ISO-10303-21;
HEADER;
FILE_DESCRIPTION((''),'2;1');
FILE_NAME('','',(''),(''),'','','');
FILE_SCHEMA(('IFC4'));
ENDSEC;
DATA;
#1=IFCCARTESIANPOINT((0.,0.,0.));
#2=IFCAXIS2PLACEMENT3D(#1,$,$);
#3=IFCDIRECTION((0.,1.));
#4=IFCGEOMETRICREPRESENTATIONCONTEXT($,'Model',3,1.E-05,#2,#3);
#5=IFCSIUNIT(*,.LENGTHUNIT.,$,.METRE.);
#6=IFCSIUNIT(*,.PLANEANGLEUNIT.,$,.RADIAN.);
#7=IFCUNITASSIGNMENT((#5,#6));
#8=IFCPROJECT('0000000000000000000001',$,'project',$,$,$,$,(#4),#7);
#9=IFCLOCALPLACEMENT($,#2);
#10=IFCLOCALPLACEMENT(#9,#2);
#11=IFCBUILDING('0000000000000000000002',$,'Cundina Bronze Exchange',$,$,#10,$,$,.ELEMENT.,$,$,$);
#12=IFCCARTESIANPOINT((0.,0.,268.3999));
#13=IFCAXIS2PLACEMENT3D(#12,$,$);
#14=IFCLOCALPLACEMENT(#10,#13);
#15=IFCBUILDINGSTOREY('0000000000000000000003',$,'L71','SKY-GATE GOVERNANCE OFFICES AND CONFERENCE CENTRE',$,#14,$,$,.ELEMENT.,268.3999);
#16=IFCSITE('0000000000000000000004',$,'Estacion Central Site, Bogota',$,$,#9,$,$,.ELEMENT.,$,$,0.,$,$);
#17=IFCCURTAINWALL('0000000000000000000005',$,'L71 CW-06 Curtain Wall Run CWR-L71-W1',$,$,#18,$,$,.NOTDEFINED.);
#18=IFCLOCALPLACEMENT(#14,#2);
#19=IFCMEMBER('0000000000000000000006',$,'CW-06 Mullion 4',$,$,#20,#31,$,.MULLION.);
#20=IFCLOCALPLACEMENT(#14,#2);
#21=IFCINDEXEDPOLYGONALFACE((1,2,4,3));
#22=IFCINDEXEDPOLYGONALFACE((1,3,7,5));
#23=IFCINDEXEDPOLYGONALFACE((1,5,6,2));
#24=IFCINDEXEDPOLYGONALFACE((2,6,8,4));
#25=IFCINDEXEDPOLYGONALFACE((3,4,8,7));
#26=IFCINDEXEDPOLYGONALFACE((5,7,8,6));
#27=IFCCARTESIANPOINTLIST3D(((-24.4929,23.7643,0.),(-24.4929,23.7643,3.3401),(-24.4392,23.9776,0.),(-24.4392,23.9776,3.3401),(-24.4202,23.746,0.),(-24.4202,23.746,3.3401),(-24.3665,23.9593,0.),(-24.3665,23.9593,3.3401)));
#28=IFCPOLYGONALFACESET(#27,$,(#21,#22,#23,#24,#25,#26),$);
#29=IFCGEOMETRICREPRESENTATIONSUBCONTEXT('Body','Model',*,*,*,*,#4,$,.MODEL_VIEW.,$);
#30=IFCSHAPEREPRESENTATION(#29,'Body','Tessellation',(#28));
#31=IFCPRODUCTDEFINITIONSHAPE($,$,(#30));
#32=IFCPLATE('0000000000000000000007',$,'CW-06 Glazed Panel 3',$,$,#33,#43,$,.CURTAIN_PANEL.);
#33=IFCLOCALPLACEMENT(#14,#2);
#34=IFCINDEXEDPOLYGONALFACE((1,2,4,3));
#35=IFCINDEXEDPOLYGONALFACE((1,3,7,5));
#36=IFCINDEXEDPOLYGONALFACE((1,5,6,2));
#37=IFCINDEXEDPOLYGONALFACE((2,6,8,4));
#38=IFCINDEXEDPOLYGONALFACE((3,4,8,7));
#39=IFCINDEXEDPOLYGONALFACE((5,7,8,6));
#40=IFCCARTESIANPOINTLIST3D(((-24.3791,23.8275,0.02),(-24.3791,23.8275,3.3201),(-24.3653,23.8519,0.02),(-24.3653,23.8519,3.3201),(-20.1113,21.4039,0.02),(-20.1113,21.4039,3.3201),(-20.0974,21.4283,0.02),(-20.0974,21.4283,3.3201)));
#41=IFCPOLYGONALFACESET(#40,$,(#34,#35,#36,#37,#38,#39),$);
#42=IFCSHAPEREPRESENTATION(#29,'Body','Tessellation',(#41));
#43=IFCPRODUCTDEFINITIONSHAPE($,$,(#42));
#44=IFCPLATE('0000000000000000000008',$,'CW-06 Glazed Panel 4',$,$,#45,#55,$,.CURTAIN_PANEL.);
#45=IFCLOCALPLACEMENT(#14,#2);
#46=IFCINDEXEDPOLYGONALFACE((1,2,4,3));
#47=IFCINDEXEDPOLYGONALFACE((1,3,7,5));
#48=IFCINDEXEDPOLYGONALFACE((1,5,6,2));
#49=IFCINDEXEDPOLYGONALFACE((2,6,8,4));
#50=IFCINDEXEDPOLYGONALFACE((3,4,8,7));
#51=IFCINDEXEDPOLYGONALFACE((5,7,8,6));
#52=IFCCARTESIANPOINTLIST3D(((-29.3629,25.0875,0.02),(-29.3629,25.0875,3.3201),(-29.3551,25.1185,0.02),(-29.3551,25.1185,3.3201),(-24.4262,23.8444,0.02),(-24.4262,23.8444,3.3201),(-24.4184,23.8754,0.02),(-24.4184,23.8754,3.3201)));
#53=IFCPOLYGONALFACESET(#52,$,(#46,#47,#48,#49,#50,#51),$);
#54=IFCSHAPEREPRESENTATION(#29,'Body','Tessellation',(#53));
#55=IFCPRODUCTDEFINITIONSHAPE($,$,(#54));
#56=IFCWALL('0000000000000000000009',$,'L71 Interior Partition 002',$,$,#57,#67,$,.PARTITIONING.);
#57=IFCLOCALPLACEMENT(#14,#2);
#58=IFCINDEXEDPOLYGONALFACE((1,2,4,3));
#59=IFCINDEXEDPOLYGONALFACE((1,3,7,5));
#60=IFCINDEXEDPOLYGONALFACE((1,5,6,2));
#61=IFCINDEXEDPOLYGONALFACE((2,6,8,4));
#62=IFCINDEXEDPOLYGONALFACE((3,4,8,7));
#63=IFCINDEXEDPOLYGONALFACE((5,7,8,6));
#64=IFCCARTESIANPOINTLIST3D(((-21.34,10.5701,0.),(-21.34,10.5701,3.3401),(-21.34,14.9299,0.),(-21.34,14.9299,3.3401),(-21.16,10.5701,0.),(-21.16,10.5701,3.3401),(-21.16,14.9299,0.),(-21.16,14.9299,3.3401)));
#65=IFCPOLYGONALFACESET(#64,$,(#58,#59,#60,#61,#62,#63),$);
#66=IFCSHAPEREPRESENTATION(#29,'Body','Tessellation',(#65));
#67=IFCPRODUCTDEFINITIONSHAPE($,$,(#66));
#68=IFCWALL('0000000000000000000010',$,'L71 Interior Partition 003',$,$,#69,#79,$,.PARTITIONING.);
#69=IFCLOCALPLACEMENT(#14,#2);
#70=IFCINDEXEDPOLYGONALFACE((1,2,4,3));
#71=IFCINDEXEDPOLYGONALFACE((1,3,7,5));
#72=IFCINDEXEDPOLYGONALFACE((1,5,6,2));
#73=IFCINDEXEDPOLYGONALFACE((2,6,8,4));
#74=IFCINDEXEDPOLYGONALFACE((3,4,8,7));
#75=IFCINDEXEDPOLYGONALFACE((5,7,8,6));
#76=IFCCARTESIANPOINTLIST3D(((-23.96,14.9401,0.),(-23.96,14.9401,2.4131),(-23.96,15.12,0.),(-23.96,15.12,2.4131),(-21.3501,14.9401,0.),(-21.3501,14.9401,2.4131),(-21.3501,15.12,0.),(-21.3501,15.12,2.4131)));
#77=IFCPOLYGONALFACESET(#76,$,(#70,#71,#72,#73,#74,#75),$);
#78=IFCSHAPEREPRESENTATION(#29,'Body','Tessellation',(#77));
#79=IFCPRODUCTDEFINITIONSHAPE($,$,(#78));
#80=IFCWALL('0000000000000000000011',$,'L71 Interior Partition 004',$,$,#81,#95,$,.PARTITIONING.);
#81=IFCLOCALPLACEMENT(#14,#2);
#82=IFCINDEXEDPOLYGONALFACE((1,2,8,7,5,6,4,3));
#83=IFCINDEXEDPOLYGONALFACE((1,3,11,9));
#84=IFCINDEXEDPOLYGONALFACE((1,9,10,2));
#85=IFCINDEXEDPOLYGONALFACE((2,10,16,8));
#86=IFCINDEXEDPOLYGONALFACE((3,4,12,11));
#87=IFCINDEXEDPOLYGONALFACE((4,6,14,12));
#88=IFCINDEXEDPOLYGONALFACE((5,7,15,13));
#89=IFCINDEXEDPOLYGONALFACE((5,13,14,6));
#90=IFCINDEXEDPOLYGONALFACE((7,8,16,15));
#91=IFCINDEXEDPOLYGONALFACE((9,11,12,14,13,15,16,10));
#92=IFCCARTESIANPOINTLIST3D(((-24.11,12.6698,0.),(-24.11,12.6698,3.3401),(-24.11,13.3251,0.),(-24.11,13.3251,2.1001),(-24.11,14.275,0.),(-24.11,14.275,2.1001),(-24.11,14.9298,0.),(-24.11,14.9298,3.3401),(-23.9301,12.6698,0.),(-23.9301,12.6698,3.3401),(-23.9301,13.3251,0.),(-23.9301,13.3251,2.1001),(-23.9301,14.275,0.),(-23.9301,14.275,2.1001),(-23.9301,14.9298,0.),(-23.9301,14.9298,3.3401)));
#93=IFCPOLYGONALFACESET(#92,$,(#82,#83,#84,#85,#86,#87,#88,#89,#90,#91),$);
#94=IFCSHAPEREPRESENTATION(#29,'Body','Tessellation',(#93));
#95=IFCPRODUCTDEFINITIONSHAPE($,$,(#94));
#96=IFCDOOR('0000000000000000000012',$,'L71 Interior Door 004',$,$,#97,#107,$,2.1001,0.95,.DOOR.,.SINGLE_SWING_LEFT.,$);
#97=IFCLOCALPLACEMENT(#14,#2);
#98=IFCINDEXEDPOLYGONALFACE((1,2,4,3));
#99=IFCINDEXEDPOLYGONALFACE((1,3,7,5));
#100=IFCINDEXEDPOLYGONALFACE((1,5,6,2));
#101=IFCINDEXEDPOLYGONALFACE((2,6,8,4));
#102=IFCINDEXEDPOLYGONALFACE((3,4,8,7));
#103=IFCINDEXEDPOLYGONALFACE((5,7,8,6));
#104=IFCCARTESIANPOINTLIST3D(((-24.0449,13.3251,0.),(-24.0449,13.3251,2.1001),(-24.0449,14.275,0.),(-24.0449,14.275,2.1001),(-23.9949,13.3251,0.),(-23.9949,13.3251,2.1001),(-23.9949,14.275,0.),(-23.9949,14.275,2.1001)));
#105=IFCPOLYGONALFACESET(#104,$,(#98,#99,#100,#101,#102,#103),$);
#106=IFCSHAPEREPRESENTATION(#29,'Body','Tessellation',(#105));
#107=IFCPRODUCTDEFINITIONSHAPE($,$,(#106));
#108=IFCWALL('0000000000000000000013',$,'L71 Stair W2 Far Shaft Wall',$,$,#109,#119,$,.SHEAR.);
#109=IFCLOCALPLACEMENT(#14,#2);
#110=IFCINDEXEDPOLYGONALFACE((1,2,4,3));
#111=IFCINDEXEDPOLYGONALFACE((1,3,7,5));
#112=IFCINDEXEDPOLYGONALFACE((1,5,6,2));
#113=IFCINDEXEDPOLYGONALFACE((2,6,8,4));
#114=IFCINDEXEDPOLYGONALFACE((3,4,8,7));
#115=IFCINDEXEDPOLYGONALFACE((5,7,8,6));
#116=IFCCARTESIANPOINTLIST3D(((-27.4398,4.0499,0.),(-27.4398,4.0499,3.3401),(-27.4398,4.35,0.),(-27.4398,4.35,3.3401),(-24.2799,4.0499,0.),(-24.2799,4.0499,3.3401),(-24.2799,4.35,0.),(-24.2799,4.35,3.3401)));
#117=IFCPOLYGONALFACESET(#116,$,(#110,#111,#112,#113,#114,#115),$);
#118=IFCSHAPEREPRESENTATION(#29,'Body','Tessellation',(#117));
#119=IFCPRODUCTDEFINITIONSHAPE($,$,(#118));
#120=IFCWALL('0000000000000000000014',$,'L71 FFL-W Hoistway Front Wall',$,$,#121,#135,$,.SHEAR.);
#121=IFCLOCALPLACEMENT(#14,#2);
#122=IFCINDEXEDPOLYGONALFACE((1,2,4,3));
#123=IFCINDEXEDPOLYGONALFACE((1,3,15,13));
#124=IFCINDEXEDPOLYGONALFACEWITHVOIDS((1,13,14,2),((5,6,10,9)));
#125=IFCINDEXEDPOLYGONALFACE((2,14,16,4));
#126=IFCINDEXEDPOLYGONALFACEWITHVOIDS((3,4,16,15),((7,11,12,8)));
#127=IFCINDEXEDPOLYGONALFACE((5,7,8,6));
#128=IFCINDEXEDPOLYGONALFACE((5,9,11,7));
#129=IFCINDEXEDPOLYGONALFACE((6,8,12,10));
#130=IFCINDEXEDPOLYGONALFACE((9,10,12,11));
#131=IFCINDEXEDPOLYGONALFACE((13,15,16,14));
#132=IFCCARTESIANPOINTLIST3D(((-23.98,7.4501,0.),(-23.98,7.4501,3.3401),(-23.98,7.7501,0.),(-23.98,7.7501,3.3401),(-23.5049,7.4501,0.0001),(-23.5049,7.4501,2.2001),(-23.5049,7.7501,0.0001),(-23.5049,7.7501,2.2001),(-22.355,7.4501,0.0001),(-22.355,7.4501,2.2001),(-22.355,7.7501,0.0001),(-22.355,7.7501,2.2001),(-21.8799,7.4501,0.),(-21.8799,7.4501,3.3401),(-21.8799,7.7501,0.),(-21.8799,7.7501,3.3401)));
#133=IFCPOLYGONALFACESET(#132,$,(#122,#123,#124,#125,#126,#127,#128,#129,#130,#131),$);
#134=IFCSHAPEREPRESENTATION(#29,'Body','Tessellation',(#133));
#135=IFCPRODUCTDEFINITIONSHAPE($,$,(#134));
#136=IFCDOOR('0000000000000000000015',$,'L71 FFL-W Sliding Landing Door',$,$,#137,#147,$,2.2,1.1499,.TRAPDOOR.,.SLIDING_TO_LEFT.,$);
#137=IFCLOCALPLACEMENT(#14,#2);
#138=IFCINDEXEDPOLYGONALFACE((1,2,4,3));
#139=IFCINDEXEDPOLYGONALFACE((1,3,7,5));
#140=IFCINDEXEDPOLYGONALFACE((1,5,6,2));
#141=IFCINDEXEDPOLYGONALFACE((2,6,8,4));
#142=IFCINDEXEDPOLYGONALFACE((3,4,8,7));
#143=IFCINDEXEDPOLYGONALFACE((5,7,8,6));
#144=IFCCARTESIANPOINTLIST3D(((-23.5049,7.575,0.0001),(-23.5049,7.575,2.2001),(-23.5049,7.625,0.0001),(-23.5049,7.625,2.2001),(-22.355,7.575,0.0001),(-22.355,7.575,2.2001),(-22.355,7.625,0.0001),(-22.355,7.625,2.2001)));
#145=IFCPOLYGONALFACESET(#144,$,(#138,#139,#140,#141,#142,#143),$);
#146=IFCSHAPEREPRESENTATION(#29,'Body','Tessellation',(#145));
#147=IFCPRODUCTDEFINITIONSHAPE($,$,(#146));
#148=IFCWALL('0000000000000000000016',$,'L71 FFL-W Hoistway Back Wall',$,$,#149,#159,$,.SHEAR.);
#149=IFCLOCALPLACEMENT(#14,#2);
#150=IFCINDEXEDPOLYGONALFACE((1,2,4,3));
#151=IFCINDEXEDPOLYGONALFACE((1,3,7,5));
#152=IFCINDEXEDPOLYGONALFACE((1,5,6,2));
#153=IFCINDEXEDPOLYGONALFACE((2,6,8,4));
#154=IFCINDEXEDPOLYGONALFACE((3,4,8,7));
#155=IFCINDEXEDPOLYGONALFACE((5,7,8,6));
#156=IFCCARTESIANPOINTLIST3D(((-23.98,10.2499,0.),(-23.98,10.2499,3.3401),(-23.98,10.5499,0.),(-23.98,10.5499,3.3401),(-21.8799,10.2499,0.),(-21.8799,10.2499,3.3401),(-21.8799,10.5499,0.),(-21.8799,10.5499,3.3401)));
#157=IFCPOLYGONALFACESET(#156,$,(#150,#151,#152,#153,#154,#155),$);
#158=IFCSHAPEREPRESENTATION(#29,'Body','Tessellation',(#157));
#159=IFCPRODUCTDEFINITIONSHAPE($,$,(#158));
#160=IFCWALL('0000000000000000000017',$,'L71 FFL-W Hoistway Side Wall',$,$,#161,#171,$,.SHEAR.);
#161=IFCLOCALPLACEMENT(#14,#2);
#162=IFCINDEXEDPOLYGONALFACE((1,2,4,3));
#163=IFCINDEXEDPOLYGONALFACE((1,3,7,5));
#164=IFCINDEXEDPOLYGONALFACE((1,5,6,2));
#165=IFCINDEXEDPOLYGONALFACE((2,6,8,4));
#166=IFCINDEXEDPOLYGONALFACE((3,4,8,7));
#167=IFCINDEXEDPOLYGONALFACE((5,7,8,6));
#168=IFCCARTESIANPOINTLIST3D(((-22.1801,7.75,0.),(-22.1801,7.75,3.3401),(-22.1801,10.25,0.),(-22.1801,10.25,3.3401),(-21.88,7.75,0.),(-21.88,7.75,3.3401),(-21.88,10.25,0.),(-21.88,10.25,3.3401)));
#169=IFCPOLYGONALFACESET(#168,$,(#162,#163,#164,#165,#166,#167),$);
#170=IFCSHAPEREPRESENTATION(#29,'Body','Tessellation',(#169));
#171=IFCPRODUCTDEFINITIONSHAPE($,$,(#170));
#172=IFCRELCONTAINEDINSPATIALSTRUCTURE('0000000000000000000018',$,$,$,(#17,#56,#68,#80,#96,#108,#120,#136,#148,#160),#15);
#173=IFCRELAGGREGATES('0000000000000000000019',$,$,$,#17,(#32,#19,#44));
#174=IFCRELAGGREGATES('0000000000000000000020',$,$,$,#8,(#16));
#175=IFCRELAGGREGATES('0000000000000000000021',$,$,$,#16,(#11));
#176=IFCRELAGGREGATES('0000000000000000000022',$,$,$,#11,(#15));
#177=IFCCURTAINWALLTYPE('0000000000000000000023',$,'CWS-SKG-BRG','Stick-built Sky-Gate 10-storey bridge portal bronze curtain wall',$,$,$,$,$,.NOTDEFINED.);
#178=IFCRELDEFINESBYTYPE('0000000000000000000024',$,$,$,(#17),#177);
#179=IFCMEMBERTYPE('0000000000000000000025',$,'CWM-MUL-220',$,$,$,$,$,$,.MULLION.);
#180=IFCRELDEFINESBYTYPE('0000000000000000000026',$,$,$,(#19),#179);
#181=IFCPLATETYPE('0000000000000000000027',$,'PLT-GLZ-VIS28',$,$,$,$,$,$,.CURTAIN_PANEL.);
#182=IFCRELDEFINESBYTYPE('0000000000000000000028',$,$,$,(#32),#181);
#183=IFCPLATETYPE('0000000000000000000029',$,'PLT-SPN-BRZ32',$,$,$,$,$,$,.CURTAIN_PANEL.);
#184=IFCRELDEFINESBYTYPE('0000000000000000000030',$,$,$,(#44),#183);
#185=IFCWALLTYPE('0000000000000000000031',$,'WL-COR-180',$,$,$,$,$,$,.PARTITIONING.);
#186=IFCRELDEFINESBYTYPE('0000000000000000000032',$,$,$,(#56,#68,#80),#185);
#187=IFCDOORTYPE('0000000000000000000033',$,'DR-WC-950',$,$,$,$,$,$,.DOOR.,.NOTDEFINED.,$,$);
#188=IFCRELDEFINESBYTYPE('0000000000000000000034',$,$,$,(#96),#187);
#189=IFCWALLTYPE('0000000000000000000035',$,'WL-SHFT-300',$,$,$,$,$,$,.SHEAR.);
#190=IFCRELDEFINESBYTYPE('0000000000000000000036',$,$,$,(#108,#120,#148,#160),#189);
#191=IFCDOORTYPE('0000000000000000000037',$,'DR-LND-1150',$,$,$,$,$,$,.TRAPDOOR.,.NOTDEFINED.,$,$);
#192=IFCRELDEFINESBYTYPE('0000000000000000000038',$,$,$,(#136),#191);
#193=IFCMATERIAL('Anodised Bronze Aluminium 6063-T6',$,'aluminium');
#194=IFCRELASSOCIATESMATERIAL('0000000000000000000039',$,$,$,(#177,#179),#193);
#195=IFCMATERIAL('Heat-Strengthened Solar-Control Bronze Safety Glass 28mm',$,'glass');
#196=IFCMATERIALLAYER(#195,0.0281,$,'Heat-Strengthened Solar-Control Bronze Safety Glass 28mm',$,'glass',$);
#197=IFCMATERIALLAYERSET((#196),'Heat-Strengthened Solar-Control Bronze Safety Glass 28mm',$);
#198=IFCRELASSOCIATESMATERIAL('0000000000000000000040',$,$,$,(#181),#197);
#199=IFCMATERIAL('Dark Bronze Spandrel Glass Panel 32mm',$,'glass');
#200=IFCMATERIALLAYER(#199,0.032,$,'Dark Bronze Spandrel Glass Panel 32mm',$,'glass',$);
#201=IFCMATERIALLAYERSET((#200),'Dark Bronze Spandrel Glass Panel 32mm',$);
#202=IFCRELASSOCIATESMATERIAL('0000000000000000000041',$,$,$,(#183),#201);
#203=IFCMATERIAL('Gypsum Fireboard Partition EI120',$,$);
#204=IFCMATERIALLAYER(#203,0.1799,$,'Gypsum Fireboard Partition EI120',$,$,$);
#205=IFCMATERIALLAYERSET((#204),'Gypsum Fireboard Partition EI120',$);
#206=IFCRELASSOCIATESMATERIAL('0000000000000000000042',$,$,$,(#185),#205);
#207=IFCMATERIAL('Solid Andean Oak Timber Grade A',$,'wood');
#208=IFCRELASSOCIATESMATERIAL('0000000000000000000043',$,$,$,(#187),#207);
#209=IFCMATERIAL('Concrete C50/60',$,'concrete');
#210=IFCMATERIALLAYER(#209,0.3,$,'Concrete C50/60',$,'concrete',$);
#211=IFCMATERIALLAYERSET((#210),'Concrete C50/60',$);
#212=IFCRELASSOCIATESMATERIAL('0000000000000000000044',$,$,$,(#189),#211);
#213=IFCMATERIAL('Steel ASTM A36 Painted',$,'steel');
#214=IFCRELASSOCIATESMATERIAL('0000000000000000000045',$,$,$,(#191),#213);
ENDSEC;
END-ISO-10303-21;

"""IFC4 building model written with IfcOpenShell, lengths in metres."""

from ifc_helpers import new_model, si_unit, direction, frame, frame_2d, origin, origin_2d, place, context, subcontext, project, spatial, rectangle, extrude, material, layer, layer_set, material_profile, profile_set, type_object, element, fill, aggregate, save


model = new_model("IFC4")

# Units and contexts
model_context = context("Model", 3, precision=1e-05, world=origin(), true_north=direction((0.0, 1.0)))
body_context = subcontext(model_context, "Body", "Model", "MODEL_VIEW")
ifc_project = project(units=[si_unit("LENGTHUNIT", "METRE"), si_unit("PLANEANGLEUNIT", "RADIAN")], contexts=[model_context])

# Site, building, storey
site_placement = place(None, origin())
site = spatial("IfcSite", under=ifc_project, at=site_placement, Name="Estacion Central Site, Bogota", CompositionType="ELEMENT", RefElevation=0.0)
building_placement = place(site_placement, origin())
building = spatial("IfcBuilding", under=site, at=building_placement, Name="Cundina Bronze Exchange", CompositionType="ELEMENT")
storey_placement = place(building_placement, frame((0.0, 0.0, 268.3999)))
storey = spatial("IfcBuildingStorey", under=building, at=storey_placement, Name="L71", Description="SKY-GATE GOVERNANCE OFFICES AND CONFERENCE CENTRE", CompositionType="ELEMENT", Elevation=268.3999)

# Shared definitions
ifc_material_1 = material(Name="Concrete C50/60", Category="concrete")

# Curtain wall, member, plates
ifc_material_2 = material(Name="Anodised Bronze Aluminium 6063-T6", Category="aluminium")
curtain_wall_type = type_object("IfcCurtainWallType", Name="CWS-SKG-BRG", Description="Stick-built Sky-Gate 10-storey bridge portal bronze curtain wall", PredefinedType="NOTDEFINED", material=ifc_material_2)
curtain_wall_placement = place(storey_placement, origin())
curtain_wall = element("IfcCurtainWall", 1, at=curtain_wall_placement, inside=storey, type_object=curtain_wall_type, Name="L71 CW-06 Curtain Wall Run CWR-L71-W1", PredefinedType="NOTDEFINED")
ifc_material_profile_1 = material_profile(ifc_material_2, rectangle(XDim=0.075, YDim=0.22, at=origin_2d()), Name="AL75X220", Category="aluminium")
ifc_profile_set_1 = profile_set([ifc_material_profile_1], Name="Anodised Bronze Aluminium 6063-T6")
member_type = type_object("IfcMemberType", Name="CWM-MUL-220", PredefinedType="MULLION", material=ifc_profile_set_1)
member_placement = place(storey_placement, frame((-24.4297, 23.8618, 0.0), z_axis=(0.0, 0.0, 1.0), x_axis=(-0.969744, 0.244123, 0.0)))
member = element("IfcMember", 2, at=member_placement, type_object=member_type, Name="CW-06 Mullion 4", PredefinedType="MULLION", context=body_context, shape_type="SweptSolid", body=[
    extrude(rectangle(XDim=0.075, YDim=0.22, at=origin_2d()), origin(), (0.0, 0.0, 1.0), 3.3401),
])
ifc_material_3 = material(Name="Heat-Strengthened Solar-Control Bronze Safety Glass 28mm", Category="glass")
ifc_layer_1 = layer(ifc_material_3, 0.0281, Name="Heat-Strengthened Solar-Control Bronze Safety Glass 28mm", Category="glass")
ifc_layer_set_1 = layer_set([ifc_layer_1], Name="Heat-Strengthened Solar-Control Bronze Safety Glass 28mm")
plate_type_1 = type_object("IfcPlateType", Name="PLT-GLZ-VIS28", PredefinedType="CURTAIN_PANEL", material=ifc_layer_set_1)
plate_1_placement = place(storey_placement, frame((-22.2383, 22.6279, 0.02), z_axis=(0.0, 0.0, 1.0), x_axis=(-0.869573, 0.493805, 0.0)))
plate_1 = element("IfcPlate", 3, at=plate_1_placement, type_object=plate_type_1, Name="CW-06 Glazed Panel 3", PredefinedType="CURTAIN_PANEL", context=body_context, shape_type="SweptSolid", body=[
    extrude(rectangle(XDim=4.908, YDim=0.0281, at=origin_2d()), origin(), (0.0, 0.0, 1.0), 3.3),
])
ifc_material_4 = material(Name="Dark Bronze Spandrel Glass Panel 32mm", Category="glass")
ifc_layer_2 = layer(ifc_material_4, 0.032, Name="Dark Bronze Spandrel Glass Panel 32mm", Category="glass")
ifc_layer_set_2 = layer_set([ifc_layer_2], Name="Dark Bronze Spandrel Glass Panel 32mm")
plate_type_2 = type_object("IfcPlateType", Name="PLT-SPN-BRZ32", PredefinedType="CURTAIN_PANEL", material=ifc_layer_set_2)
plate_2_placement = place(storey_placement, frame((-26.8906, 24.4814, 0.02), z_axis=(0.0, 0.0, 1.0), x_axis=(-0.969732, 0.244174, 0.0)))
plate_2 = element("IfcPlate", 4, at=plate_2_placement, type_object=plate_type_2, Name="CW-06 Glazed Panel 4", PredefinedType="CURTAIN_PANEL", context=body_context, shape_type="SweptSolid", body=[
    extrude(rectangle(XDim=5.0908, YDim=0.032, at=origin_2d()), origin(), (0.0, 0.0, 1.0), 3.3),
])
aggregate(curtain_wall, [plate_1, member, plate_2])

# Walls
ifc_material_5 = material(Name="Gypsum Fireboard Partition EI120")
ifc_layer_3 = layer(ifc_material_5, 0.1799, Name="Gypsum Fireboard Partition EI120")
ifc_layer_set_3 = layer_set([ifc_layer_3], Name="Gypsum Fireboard Partition EI120")
wall_type_1 = type_object("IfcWallType", Name="WL-COR-180", PredefinedType="PARTITIONING", material=ifc_layer_set_3)
wall_1_placement = place(storey_placement, frame((-21.25, 10.5701, 0.0), z_axis=(0.0, 0.0, 1.0), x_axis=(0.0, 1.0, 0.0)))
element("IfcWall", 5, at=wall_1_placement, inside=storey, type_object=wall_type_1, Name="L71 Interior Partition 002", PredefinedType="PARTITIONING", context=body_context, shape_type="SweptSolid", body=[
    extrude(rectangle(XDim=4.3599, YDim=0.1799, at=frame_2d((2.1799, 0.0))), origin(), (0.0, 0.0, 1.0), 3.3401),
])
wall_2_placement = place(storey_placement, frame((-23.96, 15.03, 0.0), z_axis=(0.0, 0.0, 1.0), x_axis=(1.0, 0.0, 0.0)))
element("IfcWall", 6, at=wall_2_placement, inside=storey, type_object=wall_type_1, Name="L71 Interior Partition 003", PredefinedType="PARTITIONING", context=body_context, shape_type="SweptSolid", body=[
    extrude(rectangle(XDim=2.6099, YDim=0.1799, at=frame_2d((1.3049, 0.0))), origin(), (0.0, 0.0, 1.0), 2.4131),
])

# Wall, opening, door
wall_3_placement = place(storey_placement, frame((-24.02, 12.6699, 0.0), z_axis=(0.0, 0.0, 1.0), x_axis=(0.0, 1.0, 0.0)))
wall_3 = element("IfcWall", 7, at=wall_3_placement, inside=storey, type_object=wall_type_1, Name="L71 Interior Partition 004", PredefinedType="PARTITIONING", context=body_context, shape_type="SweptSolid", body=[
    extrude(rectangle(XDim=2.26, YDim=0.1799, at=frame_2d((1.1299, 0.0))), origin(), (0.0, 0.0, 1.0), 3.3401),
])
opening_1_placement = place(wall_3_placement, frame((0.655, 0.0, 0.0)))
opening_1 = element("IfcOpeningElement", 8, at=opening_1_placement, cuts=wall_3, PredefinedType="OPENING", context=body_context, shape_type="SweptSolid", body=[
    extrude(rectangle(XDim=0.95, YDim=2.1001, at=frame_2d((0.4751, 1.05))), frame((0.0, 0.0999, 0.0), z_axis=(0.0, -1.0, 0.0), x_axis=(1.0, 0.0, 0.0)), (0.0, 0.0, 1.0), 0.2),
])
ifc_material_6 = material(Name="Solid Andean Oak Timber Grade A", Category="wood")
door_type_1 = type_object("IfcDoorType", Name="DR-WC-950", OperationType="NOTDEFINED", PredefinedType="DOOR", material=ifc_material_6)
door_1_placement = place(opening_1_placement, origin())
door_1 = element("IfcDoor", 9, at=door_1_placement, inside=storey, type_object=door_type_1, Name="L71 Interior Door 004", OperationType="SINGLE_SWING_LEFT", OverallHeight=2.1001, OverallWidth=0.95, PredefinedType="DOOR", context=body_context, shape_type="SweptSolid", body=[
    extrude(rectangle(XDim=0.95, YDim=2.1001, at=frame_2d((0.4751, 1.05))), frame((0.0, 0.0249, 0.0), z_axis=(0.0, -1.0, 0.0), x_axis=(1.0, 0.0, 0.0)), (0.0, 0.0, 1.0), 0.05),
])
fill(opening_1, door_1)
ifc_layer_4 = layer(ifc_material_1, 0.3, Name="Concrete C50/60", Category="concrete")
ifc_layer_set_4 = layer_set([ifc_layer_4], Name="Concrete C50/60")
wall_type_2 = type_object("IfcWallType", Name="WL-SHFT-300", PredefinedType="SHEAR", material=ifc_layer_set_4)
ifc_material_7 = material(Name="Steel ASTM A36 Painted", Category="steel")

# Wall
wall_4_placement = place(storey_placement, frame((-27.4399, 4.2, 0.0), z_axis=(0.0, 0.0, 1.0), x_axis=(1.0, 0.0, 0.0)))
element("IfcWall", 10, at=wall_4_placement, inside=storey, type_object=wall_type_2, Name="L71 Stair W2 Far Shaft Wall", PredefinedType="SHEAR", context=body_context, shape_type="SweptSolid", body=[
    extrude(rectangle(XDim=3.1599, YDim=0.3, at=frame_2d((1.5801, 0.0))), origin(), (0.0, 0.0, 1.0), 3.3401),
])

# Wall, opening, door
wall_5_placement = place(storey_placement, frame((-23.98, 7.6001, 0.0), z_axis=(0.0, 0.0, 1.0), x_axis=(1.0, 0.0, 0.0)))
wall_5 = element("IfcWall", 11, at=wall_5_placement, inside=storey, type_object=wall_type_2, Name="L71 FFL-W Hoistway Front Wall", PredefinedType="SHEAR", context=body_context, shape_type="SweptSolid", body=[
    extrude(rectangle(XDim=2.1001, YDim=0.3, at=frame_2d((1.05, 0.0))), origin(), (0.0, 0.0, 1.0), 3.3401),
])
opening_2_placement = place(wall_5_placement, frame((0.4751, 0.0, 0.0)))
opening_2 = element("IfcOpeningElement", 12, at=opening_2_placement, cuts=wall_5, PredefinedType="OPENING", context=body_context, shape_type="SweptSolid", body=[
    extrude(rectangle(XDim=1.1499, YDim=2.2, at=frame_2d((0.575, 1.1001))), frame((0.0, 0.1599, 0.0), z_axis=(0.0, -1.0, 0.0), x_axis=(1.0, 0.0, 0.0)), (0.0, 0.0, 1.0), 0.3201),
])
door_type_2 = type_object("IfcDoorType", Name="DR-LND-1150", OperationType="NOTDEFINED", PredefinedType="TRAPDOOR", material=ifc_material_7)
door_2_placement = place(opening_2_placement, origin())
door_2 = element("IfcDoor", 13, at=door_2_placement, inside=storey, type_object=door_type_2, Name="L71 FFL-W Sliding Landing Door", OperationType="SLIDING_TO_LEFT", OverallHeight=2.2, OverallWidth=1.1499, PredefinedType="TRAPDOOR", context=body_context, shape_type="SweptSolid", body=[
    extrude(rectangle(XDim=1.1499, YDim=2.2, at=frame_2d((0.575, 1.1001))), frame((0.0, 0.0249, 0.0), z_axis=(0.0, -1.0, 0.0), x_axis=(1.0, 0.0, 0.0)), (0.0, 0.0, 1.0), 0.05),
])
fill(opening_2, door_2)

# Walls
wall_6_placement = place(storey_placement, frame((-23.98, 10.3999, 0.0), z_axis=(0.0, 0.0, 1.0), x_axis=(1.0, 0.0, 0.0)))
element("IfcWall", 14, at=wall_6_placement, inside=storey, type_object=wall_type_2, Name="L71 FFL-W Hoistway Back Wall", PredefinedType="SHEAR", context=body_context, shape_type="SweptSolid", body=[
    extrude(rectangle(XDim=2.1001, YDim=0.3, at=frame_2d((1.05, 0.0))), origin(), (0.0, 0.0, 1.0), 3.3401),
])
wall_7_placement = place(storey_placement, frame((-22.03, 7.75, 0.0), z_axis=(0.0, 0.0, 1.0), x_axis=(0.0, 1.0, 0.0)))
element("IfcWall", 15, at=wall_7_placement, inside=storey, type_object=wall_type_2, Name="L71 FFL-W Hoistway Side Wall", PredefinedType="SHEAR", context=body_context, shape_type="SweptSolid", body=[
    extrude(rectangle(XDim=2.5, YDim=0.3, at=frame_2d((1.25, 0.0))), origin(), (0.0, 0.0, 1.0), 3.3401),
])

save(model, "model.ifc")
